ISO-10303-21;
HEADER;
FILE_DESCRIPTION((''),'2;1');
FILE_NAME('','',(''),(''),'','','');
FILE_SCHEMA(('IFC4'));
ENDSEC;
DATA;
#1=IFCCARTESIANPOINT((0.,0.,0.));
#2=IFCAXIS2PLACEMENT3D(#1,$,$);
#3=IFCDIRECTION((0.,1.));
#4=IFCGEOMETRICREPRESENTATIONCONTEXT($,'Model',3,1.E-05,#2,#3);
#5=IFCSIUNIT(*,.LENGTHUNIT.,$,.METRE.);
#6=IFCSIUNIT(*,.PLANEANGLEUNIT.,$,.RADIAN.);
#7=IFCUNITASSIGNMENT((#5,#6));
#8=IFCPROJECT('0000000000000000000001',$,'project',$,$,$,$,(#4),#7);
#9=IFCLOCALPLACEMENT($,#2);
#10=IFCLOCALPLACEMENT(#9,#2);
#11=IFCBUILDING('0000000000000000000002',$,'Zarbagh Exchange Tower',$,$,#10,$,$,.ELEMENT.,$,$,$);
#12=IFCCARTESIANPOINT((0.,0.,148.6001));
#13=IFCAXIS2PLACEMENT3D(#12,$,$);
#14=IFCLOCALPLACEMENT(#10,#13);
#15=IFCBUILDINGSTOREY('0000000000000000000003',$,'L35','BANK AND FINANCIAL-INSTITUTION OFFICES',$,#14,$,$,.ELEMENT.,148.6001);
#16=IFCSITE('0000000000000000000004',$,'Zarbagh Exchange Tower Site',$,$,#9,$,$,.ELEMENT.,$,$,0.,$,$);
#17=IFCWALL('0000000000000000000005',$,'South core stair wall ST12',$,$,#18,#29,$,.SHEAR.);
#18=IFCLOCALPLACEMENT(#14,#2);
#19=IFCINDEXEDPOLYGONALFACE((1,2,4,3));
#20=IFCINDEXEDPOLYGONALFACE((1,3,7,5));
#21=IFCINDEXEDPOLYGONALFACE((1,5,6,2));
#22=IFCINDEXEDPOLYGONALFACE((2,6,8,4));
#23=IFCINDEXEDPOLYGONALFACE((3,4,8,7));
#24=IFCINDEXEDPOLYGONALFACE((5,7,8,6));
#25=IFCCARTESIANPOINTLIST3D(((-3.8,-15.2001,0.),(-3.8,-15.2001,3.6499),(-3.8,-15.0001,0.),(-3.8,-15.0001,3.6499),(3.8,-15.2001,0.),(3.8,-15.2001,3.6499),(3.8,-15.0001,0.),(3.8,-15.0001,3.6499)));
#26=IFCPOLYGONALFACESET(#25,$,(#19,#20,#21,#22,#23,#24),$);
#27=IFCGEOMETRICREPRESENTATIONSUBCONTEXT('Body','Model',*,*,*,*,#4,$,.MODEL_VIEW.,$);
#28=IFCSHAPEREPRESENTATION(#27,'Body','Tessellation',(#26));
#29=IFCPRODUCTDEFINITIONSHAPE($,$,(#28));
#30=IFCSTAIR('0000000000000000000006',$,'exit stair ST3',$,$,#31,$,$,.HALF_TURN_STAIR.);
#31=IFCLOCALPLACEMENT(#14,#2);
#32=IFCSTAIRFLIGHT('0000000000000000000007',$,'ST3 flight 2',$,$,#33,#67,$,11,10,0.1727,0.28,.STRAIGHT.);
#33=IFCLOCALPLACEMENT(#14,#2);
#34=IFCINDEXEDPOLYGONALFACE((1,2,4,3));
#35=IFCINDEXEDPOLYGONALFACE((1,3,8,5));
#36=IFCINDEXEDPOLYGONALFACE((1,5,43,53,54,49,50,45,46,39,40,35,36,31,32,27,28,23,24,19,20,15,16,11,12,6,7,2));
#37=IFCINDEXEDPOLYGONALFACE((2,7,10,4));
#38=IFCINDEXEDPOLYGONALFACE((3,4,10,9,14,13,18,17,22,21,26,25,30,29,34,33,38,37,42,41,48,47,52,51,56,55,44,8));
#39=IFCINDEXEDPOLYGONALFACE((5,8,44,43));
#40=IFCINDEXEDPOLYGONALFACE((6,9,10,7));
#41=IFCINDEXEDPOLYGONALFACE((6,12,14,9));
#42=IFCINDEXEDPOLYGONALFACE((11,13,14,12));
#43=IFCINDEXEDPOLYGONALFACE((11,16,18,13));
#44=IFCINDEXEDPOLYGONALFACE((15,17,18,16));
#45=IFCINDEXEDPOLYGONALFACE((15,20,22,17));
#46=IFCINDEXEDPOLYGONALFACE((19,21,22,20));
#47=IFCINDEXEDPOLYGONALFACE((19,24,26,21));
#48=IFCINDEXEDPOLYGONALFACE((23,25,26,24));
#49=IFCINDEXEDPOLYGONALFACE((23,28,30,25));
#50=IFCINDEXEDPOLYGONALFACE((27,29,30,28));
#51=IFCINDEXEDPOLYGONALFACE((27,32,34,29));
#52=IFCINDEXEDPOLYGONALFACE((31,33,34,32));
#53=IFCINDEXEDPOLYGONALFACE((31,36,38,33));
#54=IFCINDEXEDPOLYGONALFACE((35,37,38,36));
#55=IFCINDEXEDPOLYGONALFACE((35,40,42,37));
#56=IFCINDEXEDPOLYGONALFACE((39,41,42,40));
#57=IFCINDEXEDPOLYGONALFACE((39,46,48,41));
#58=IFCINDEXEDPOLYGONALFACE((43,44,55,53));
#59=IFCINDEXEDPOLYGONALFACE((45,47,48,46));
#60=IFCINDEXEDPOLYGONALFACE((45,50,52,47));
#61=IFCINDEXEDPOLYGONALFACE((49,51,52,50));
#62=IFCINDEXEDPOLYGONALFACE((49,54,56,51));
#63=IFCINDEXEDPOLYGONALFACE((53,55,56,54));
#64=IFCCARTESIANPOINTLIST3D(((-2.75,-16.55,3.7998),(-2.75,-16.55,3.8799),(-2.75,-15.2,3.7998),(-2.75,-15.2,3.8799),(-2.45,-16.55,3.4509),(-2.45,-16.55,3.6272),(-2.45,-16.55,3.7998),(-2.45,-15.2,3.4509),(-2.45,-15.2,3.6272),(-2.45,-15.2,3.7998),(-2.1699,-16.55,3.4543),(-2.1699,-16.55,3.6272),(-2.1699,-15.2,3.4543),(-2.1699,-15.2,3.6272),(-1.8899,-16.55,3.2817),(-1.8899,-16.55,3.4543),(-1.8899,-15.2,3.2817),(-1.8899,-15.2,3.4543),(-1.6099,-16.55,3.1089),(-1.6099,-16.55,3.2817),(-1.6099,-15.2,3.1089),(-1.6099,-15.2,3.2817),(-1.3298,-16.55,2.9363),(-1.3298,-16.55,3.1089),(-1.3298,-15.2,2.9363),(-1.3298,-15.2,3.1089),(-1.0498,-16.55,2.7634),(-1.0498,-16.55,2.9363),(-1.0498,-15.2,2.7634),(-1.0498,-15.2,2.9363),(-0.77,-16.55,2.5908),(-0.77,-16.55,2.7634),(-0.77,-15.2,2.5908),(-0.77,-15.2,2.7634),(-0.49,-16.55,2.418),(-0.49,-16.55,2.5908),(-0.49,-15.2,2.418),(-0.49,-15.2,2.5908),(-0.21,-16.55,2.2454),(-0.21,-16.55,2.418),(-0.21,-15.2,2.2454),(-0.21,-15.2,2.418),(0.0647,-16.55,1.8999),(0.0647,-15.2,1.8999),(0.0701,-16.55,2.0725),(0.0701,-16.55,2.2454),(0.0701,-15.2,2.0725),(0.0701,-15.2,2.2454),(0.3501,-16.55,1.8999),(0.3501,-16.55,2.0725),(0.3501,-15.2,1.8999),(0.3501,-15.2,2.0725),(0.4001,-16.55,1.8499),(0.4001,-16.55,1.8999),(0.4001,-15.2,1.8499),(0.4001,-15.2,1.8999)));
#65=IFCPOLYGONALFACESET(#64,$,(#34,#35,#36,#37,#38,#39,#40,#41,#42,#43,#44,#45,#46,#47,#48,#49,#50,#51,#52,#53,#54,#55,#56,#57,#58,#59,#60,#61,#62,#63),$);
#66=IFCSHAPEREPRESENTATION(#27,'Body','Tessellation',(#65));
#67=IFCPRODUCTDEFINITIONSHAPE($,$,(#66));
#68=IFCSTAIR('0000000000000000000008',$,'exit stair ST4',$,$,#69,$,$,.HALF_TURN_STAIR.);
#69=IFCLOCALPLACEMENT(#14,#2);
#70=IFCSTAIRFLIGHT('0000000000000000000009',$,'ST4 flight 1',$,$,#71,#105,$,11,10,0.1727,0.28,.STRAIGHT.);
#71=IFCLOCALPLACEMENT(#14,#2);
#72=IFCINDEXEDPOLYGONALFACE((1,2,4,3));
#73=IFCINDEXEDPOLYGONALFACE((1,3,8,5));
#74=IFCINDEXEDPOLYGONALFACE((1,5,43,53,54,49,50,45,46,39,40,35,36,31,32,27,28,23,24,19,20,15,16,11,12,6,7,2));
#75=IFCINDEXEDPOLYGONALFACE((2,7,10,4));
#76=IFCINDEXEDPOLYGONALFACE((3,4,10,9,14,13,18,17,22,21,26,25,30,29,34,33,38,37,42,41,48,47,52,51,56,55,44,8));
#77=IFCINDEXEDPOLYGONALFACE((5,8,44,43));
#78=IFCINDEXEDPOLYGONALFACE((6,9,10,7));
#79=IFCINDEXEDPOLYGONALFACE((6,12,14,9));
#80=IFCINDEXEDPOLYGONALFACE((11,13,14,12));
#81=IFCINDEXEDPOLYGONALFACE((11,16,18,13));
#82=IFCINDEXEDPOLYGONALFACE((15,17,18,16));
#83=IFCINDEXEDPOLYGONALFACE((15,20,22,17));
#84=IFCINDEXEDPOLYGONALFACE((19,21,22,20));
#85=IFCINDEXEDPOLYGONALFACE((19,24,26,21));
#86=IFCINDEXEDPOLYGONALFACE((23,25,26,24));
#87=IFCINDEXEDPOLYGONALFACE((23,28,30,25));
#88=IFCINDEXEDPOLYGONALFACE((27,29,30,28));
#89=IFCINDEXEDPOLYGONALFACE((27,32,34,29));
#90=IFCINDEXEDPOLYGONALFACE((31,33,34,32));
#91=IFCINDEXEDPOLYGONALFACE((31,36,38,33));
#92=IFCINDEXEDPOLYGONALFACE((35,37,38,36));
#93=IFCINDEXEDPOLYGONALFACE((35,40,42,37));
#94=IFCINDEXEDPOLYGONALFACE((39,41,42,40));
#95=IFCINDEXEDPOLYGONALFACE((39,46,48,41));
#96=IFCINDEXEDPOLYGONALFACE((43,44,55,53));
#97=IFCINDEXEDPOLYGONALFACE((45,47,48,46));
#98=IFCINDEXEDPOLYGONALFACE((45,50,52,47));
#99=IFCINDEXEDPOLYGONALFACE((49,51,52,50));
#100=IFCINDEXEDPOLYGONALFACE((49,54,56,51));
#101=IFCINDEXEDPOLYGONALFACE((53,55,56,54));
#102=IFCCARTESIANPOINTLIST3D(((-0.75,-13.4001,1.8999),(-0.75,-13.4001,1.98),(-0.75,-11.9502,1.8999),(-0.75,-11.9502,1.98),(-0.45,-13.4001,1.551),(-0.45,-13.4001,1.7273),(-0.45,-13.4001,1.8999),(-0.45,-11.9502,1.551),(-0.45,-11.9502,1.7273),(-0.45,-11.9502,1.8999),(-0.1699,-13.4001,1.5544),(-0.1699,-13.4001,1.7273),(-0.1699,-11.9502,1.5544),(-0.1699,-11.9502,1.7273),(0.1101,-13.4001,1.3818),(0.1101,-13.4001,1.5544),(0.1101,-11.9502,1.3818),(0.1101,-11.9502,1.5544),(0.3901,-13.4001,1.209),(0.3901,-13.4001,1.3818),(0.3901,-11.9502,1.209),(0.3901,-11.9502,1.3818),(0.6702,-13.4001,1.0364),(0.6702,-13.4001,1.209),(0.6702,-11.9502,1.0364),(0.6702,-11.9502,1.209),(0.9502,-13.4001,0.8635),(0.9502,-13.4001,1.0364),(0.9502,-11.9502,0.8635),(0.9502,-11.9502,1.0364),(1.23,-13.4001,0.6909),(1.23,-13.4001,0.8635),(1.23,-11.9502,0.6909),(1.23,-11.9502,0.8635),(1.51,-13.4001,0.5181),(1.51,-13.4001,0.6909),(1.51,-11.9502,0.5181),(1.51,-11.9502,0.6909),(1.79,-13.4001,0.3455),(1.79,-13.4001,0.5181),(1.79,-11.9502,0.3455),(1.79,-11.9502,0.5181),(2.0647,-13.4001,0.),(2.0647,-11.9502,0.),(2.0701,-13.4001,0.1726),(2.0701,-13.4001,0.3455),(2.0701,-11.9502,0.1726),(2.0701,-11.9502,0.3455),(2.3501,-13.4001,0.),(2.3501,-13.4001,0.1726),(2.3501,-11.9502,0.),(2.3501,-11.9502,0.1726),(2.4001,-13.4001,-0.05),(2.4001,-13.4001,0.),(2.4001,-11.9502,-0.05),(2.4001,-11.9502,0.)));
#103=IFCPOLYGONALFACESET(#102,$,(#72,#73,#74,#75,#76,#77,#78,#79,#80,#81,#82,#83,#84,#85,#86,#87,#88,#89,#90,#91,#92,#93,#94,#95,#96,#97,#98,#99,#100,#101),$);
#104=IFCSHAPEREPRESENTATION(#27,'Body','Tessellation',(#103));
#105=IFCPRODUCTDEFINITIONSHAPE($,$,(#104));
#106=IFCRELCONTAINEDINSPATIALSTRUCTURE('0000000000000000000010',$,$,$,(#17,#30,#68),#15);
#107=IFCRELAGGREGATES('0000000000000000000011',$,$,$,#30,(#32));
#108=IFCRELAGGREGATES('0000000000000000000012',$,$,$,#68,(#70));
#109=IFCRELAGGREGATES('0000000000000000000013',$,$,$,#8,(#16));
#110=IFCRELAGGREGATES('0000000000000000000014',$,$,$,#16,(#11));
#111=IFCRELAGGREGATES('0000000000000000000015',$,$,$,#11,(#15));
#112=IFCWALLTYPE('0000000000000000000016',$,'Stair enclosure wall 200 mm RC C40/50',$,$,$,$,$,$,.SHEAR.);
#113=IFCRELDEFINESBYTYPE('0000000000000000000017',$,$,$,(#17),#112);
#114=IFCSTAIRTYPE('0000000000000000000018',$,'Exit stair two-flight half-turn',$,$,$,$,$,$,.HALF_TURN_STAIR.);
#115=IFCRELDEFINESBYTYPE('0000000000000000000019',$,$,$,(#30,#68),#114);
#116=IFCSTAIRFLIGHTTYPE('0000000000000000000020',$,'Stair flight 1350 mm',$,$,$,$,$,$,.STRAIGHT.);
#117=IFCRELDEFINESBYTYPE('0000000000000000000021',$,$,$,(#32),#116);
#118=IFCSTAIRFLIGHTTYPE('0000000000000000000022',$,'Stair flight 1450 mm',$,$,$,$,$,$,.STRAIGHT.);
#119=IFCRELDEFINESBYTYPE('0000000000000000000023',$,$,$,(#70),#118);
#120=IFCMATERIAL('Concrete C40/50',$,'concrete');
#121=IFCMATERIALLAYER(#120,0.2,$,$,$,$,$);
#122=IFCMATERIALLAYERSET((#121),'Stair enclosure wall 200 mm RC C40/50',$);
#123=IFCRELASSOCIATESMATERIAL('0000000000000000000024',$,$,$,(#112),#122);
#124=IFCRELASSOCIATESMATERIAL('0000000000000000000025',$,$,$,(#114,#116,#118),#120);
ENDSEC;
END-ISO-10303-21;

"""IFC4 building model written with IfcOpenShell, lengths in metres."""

from ifc_helpers import new_model, si_unit, direction, frame, frame_2d, origin, place, context, subcontext, project, spatial, polyline, rectangle, outline, extrude, material, layer, layer_set, type_object, element, aggregate, save


model = new_model("IFC4")

# Units and contexts
model_context = context("Model", 3, precision=1e-05, world=origin(), true_north=direction((0.0, 1.0)))
body_context = subcontext(model_context, "Body", "Model", "MODEL_VIEW")
ifc_project = project(units=[si_unit("LENGTHUNIT", "METRE"), si_unit("PLANEANGLEUNIT", "RADIAN")], contexts=[model_context])

# Site, building, storey
site_placement = place(None, origin())
site = spatial("IfcSite", under=ifc_project, at=site_placement, Name="Zarbagh Exchange Tower Site", CompositionType="ELEMENT", RefElevation=0.0)
building_placement = place(site_placement, origin())
building = spatial("IfcBuilding", under=site, at=building_placement, Name="Zarbagh Exchange Tower", CompositionType="ELEMENT")
storey_placement = place(building_placement, frame((0.0, 0.0, 148.6001)))
storey = spatial("IfcBuildingStorey", under=building, at=storey_placement, Name="L35", Description="BANK AND FINANCIAL-INSTITUTION OFFICES", CompositionType="ELEMENT", Elevation=148.6001)

# Wall
ifc_material_1 = material(Name="Concrete C40/50", Category="concrete")
ifc_layer_1 = layer(ifc_material_1, 0.2)
ifc_layer_set_1 = layer_set([ifc_layer_1], Name="Stair enclosure wall 200 mm RC C40/50")
wall_type_1 = type_object("IfcWallType", Name="Stair enclosure wall 200 mm RC C40/50", PredefinedType="SHEAR", material=ifc_layer_set_1)
for number, where, z_axis, x_axis, name in (
    (1, (3.8, -15.1001, 0.0), (0.0, 0.0, 1.0), (-1.0, 0.0, 0.0), "South core stair wall ST12"),
):
    element("IfcWall", number, at=place(storey_placement, frame(where, z_axis=z_axis, x_axis=x_axis)), inside=storey, type_object=wall_type_1, Name=name, PredefinedType="SHEAR", context=body_context, shape_type="SweptSolid", body=[
        extrude(rectangle(XDim=7.6001, YDim=0.2, at=frame_2d((3.8, 0.0))), origin(), (0.0, 0.0, 1.0), 3.6499),
    ])

# Stairs, stair flights
stair_type = type_object("IfcStairType", Name="Exit stair two-flight half-turn", PredefinedType="HALF_TURN_STAIR", material=ifc_material_1)
stair_1_placement = place(storey_placement, origin())
stair_1 = element("IfcStair", 2, at=stair_1_placement, inside=storey, type_object=stair_type, Name="exit stair ST3", PredefinedType="HALF_TURN_STAIR")
stair_flight_type_1 = type_object("IfcStairFlightType", Name="Stair flight 1350 mm", PredefinedType="STRAIGHT", material=ifc_material_1)
stair_flight_1_placement = place(storey_placement, frame((0.3501, -15.875, 1.8999), z_axis=(0.0, 0.0, 1.0), x_axis=(-1.0, 0.0, 0.0)))
stair_flight_1 = element("IfcStairFlight", 3, at=stair_flight_1_placement, type_object=stair_flight_type_1, Name="ST3 flight 2", NumberOfRisers=11, NumberOfTreads=10, PredefinedType="STRAIGHT", RiserHeight=0.1727, TreadLength=0.28, context=body_context, shape_type="SweptSolid", body=[
    extrude(outline(polyline([(-0.05, -0.05), (-0.05, 0.0), (0.0, 0.0), (0.0, 0.1726), (0.28, 0.1726), (0.28, 0.3455), (0.5601, 0.3455), (0.5601, 0.5181), (0.8401, 0.5181), (0.8401, 0.6909), (1.1201, 0.6909), (1.1201, 0.8635), (1.3999, 0.8635), (1.3999, 1.0364), (1.6799, 1.0364), (1.6799, 1.209), (1.96, 1.209), (1.96, 1.3818), (2.24, 1.3818), (2.24, 1.5544), (2.52, 1.5544), (2.52, 1.7273), (2.8, 1.7273), (2.8, 1.8999), (3.1001, 1.98), (3.1001, 1.8999), (2.8, 1.551), (0.2854, 0.0), (-0.05, -0.05)])), frame((0.0, 0.675, 0.0), z_axis=(0.0, -1.0, 0.0), x_axis=(1.0, 0.0, 0.0)), (0.0, 0.0, 1.0), 1.3501),
])
aggregate(stair_1, [stair_flight_1])
stair_2_placement = place(storey_placement, origin())
stair_2 = element("IfcStair", 4, at=stair_2_placement, inside=storey, type_object=stair_type, Name="exit stair ST4", PredefinedType="HALF_TURN_STAIR")
stair_flight_type_2 = type_object("IfcStairFlightType", Name="Stair flight 1450 mm", PredefinedType="STRAIGHT", material=ifc_material_1)
stair_flight_2_placement = place(storey_placement, frame((2.3501, -12.675, 0.0), z_axis=(0.0, 0.0, 1.0), x_axis=(-1.0, 0.0, 0.0)))
stair_flight_2 = element("IfcStairFlight", 5, at=stair_flight_2_placement, type_object=stair_flight_type_2, Name="ST4 flight 1", NumberOfRisers=11, NumberOfTreads=10, PredefinedType="STRAIGHT", RiserHeight=0.1727, TreadLength=0.28, context=body_context, shape_type="SweptSolid", body=[
    extrude(outline(polyline([(-0.05, -0.05), (-0.05, 0.0), (0.0, 0.0), (0.0, 0.1726), (0.28, 0.1726), (0.28, 0.3455), (0.5601, 0.3455), (0.5601, 0.5181), (0.8401, 0.5181), (0.8401, 0.6909), (1.1201, 0.6909), (1.1201, 0.8635), (1.3999, 0.8635), (1.3999, 1.0364), (1.6799, 1.0364), (1.6799, 1.209), (1.96, 1.209), (1.96, 1.3818), (2.24, 1.3818), (2.24, 1.5544), (2.52, 1.5544), (2.52, 1.7273), (2.8, 1.7273), (2.8, 1.8999), (3.1001, 1.98), (3.1001, 1.8999), (2.8, 1.551), (0.2854, 0.0), (-0.05, -0.05)])), frame((0.0, 0.7251, 0.0), z_axis=(0.0, -1.0, 0.0), x_axis=(1.0, 0.0, 0.0)), (0.0, 0.0, 1.0), 1.45),
])
aggregate(stair_2, [stair_flight_2])

save(model, "model.ifc")
